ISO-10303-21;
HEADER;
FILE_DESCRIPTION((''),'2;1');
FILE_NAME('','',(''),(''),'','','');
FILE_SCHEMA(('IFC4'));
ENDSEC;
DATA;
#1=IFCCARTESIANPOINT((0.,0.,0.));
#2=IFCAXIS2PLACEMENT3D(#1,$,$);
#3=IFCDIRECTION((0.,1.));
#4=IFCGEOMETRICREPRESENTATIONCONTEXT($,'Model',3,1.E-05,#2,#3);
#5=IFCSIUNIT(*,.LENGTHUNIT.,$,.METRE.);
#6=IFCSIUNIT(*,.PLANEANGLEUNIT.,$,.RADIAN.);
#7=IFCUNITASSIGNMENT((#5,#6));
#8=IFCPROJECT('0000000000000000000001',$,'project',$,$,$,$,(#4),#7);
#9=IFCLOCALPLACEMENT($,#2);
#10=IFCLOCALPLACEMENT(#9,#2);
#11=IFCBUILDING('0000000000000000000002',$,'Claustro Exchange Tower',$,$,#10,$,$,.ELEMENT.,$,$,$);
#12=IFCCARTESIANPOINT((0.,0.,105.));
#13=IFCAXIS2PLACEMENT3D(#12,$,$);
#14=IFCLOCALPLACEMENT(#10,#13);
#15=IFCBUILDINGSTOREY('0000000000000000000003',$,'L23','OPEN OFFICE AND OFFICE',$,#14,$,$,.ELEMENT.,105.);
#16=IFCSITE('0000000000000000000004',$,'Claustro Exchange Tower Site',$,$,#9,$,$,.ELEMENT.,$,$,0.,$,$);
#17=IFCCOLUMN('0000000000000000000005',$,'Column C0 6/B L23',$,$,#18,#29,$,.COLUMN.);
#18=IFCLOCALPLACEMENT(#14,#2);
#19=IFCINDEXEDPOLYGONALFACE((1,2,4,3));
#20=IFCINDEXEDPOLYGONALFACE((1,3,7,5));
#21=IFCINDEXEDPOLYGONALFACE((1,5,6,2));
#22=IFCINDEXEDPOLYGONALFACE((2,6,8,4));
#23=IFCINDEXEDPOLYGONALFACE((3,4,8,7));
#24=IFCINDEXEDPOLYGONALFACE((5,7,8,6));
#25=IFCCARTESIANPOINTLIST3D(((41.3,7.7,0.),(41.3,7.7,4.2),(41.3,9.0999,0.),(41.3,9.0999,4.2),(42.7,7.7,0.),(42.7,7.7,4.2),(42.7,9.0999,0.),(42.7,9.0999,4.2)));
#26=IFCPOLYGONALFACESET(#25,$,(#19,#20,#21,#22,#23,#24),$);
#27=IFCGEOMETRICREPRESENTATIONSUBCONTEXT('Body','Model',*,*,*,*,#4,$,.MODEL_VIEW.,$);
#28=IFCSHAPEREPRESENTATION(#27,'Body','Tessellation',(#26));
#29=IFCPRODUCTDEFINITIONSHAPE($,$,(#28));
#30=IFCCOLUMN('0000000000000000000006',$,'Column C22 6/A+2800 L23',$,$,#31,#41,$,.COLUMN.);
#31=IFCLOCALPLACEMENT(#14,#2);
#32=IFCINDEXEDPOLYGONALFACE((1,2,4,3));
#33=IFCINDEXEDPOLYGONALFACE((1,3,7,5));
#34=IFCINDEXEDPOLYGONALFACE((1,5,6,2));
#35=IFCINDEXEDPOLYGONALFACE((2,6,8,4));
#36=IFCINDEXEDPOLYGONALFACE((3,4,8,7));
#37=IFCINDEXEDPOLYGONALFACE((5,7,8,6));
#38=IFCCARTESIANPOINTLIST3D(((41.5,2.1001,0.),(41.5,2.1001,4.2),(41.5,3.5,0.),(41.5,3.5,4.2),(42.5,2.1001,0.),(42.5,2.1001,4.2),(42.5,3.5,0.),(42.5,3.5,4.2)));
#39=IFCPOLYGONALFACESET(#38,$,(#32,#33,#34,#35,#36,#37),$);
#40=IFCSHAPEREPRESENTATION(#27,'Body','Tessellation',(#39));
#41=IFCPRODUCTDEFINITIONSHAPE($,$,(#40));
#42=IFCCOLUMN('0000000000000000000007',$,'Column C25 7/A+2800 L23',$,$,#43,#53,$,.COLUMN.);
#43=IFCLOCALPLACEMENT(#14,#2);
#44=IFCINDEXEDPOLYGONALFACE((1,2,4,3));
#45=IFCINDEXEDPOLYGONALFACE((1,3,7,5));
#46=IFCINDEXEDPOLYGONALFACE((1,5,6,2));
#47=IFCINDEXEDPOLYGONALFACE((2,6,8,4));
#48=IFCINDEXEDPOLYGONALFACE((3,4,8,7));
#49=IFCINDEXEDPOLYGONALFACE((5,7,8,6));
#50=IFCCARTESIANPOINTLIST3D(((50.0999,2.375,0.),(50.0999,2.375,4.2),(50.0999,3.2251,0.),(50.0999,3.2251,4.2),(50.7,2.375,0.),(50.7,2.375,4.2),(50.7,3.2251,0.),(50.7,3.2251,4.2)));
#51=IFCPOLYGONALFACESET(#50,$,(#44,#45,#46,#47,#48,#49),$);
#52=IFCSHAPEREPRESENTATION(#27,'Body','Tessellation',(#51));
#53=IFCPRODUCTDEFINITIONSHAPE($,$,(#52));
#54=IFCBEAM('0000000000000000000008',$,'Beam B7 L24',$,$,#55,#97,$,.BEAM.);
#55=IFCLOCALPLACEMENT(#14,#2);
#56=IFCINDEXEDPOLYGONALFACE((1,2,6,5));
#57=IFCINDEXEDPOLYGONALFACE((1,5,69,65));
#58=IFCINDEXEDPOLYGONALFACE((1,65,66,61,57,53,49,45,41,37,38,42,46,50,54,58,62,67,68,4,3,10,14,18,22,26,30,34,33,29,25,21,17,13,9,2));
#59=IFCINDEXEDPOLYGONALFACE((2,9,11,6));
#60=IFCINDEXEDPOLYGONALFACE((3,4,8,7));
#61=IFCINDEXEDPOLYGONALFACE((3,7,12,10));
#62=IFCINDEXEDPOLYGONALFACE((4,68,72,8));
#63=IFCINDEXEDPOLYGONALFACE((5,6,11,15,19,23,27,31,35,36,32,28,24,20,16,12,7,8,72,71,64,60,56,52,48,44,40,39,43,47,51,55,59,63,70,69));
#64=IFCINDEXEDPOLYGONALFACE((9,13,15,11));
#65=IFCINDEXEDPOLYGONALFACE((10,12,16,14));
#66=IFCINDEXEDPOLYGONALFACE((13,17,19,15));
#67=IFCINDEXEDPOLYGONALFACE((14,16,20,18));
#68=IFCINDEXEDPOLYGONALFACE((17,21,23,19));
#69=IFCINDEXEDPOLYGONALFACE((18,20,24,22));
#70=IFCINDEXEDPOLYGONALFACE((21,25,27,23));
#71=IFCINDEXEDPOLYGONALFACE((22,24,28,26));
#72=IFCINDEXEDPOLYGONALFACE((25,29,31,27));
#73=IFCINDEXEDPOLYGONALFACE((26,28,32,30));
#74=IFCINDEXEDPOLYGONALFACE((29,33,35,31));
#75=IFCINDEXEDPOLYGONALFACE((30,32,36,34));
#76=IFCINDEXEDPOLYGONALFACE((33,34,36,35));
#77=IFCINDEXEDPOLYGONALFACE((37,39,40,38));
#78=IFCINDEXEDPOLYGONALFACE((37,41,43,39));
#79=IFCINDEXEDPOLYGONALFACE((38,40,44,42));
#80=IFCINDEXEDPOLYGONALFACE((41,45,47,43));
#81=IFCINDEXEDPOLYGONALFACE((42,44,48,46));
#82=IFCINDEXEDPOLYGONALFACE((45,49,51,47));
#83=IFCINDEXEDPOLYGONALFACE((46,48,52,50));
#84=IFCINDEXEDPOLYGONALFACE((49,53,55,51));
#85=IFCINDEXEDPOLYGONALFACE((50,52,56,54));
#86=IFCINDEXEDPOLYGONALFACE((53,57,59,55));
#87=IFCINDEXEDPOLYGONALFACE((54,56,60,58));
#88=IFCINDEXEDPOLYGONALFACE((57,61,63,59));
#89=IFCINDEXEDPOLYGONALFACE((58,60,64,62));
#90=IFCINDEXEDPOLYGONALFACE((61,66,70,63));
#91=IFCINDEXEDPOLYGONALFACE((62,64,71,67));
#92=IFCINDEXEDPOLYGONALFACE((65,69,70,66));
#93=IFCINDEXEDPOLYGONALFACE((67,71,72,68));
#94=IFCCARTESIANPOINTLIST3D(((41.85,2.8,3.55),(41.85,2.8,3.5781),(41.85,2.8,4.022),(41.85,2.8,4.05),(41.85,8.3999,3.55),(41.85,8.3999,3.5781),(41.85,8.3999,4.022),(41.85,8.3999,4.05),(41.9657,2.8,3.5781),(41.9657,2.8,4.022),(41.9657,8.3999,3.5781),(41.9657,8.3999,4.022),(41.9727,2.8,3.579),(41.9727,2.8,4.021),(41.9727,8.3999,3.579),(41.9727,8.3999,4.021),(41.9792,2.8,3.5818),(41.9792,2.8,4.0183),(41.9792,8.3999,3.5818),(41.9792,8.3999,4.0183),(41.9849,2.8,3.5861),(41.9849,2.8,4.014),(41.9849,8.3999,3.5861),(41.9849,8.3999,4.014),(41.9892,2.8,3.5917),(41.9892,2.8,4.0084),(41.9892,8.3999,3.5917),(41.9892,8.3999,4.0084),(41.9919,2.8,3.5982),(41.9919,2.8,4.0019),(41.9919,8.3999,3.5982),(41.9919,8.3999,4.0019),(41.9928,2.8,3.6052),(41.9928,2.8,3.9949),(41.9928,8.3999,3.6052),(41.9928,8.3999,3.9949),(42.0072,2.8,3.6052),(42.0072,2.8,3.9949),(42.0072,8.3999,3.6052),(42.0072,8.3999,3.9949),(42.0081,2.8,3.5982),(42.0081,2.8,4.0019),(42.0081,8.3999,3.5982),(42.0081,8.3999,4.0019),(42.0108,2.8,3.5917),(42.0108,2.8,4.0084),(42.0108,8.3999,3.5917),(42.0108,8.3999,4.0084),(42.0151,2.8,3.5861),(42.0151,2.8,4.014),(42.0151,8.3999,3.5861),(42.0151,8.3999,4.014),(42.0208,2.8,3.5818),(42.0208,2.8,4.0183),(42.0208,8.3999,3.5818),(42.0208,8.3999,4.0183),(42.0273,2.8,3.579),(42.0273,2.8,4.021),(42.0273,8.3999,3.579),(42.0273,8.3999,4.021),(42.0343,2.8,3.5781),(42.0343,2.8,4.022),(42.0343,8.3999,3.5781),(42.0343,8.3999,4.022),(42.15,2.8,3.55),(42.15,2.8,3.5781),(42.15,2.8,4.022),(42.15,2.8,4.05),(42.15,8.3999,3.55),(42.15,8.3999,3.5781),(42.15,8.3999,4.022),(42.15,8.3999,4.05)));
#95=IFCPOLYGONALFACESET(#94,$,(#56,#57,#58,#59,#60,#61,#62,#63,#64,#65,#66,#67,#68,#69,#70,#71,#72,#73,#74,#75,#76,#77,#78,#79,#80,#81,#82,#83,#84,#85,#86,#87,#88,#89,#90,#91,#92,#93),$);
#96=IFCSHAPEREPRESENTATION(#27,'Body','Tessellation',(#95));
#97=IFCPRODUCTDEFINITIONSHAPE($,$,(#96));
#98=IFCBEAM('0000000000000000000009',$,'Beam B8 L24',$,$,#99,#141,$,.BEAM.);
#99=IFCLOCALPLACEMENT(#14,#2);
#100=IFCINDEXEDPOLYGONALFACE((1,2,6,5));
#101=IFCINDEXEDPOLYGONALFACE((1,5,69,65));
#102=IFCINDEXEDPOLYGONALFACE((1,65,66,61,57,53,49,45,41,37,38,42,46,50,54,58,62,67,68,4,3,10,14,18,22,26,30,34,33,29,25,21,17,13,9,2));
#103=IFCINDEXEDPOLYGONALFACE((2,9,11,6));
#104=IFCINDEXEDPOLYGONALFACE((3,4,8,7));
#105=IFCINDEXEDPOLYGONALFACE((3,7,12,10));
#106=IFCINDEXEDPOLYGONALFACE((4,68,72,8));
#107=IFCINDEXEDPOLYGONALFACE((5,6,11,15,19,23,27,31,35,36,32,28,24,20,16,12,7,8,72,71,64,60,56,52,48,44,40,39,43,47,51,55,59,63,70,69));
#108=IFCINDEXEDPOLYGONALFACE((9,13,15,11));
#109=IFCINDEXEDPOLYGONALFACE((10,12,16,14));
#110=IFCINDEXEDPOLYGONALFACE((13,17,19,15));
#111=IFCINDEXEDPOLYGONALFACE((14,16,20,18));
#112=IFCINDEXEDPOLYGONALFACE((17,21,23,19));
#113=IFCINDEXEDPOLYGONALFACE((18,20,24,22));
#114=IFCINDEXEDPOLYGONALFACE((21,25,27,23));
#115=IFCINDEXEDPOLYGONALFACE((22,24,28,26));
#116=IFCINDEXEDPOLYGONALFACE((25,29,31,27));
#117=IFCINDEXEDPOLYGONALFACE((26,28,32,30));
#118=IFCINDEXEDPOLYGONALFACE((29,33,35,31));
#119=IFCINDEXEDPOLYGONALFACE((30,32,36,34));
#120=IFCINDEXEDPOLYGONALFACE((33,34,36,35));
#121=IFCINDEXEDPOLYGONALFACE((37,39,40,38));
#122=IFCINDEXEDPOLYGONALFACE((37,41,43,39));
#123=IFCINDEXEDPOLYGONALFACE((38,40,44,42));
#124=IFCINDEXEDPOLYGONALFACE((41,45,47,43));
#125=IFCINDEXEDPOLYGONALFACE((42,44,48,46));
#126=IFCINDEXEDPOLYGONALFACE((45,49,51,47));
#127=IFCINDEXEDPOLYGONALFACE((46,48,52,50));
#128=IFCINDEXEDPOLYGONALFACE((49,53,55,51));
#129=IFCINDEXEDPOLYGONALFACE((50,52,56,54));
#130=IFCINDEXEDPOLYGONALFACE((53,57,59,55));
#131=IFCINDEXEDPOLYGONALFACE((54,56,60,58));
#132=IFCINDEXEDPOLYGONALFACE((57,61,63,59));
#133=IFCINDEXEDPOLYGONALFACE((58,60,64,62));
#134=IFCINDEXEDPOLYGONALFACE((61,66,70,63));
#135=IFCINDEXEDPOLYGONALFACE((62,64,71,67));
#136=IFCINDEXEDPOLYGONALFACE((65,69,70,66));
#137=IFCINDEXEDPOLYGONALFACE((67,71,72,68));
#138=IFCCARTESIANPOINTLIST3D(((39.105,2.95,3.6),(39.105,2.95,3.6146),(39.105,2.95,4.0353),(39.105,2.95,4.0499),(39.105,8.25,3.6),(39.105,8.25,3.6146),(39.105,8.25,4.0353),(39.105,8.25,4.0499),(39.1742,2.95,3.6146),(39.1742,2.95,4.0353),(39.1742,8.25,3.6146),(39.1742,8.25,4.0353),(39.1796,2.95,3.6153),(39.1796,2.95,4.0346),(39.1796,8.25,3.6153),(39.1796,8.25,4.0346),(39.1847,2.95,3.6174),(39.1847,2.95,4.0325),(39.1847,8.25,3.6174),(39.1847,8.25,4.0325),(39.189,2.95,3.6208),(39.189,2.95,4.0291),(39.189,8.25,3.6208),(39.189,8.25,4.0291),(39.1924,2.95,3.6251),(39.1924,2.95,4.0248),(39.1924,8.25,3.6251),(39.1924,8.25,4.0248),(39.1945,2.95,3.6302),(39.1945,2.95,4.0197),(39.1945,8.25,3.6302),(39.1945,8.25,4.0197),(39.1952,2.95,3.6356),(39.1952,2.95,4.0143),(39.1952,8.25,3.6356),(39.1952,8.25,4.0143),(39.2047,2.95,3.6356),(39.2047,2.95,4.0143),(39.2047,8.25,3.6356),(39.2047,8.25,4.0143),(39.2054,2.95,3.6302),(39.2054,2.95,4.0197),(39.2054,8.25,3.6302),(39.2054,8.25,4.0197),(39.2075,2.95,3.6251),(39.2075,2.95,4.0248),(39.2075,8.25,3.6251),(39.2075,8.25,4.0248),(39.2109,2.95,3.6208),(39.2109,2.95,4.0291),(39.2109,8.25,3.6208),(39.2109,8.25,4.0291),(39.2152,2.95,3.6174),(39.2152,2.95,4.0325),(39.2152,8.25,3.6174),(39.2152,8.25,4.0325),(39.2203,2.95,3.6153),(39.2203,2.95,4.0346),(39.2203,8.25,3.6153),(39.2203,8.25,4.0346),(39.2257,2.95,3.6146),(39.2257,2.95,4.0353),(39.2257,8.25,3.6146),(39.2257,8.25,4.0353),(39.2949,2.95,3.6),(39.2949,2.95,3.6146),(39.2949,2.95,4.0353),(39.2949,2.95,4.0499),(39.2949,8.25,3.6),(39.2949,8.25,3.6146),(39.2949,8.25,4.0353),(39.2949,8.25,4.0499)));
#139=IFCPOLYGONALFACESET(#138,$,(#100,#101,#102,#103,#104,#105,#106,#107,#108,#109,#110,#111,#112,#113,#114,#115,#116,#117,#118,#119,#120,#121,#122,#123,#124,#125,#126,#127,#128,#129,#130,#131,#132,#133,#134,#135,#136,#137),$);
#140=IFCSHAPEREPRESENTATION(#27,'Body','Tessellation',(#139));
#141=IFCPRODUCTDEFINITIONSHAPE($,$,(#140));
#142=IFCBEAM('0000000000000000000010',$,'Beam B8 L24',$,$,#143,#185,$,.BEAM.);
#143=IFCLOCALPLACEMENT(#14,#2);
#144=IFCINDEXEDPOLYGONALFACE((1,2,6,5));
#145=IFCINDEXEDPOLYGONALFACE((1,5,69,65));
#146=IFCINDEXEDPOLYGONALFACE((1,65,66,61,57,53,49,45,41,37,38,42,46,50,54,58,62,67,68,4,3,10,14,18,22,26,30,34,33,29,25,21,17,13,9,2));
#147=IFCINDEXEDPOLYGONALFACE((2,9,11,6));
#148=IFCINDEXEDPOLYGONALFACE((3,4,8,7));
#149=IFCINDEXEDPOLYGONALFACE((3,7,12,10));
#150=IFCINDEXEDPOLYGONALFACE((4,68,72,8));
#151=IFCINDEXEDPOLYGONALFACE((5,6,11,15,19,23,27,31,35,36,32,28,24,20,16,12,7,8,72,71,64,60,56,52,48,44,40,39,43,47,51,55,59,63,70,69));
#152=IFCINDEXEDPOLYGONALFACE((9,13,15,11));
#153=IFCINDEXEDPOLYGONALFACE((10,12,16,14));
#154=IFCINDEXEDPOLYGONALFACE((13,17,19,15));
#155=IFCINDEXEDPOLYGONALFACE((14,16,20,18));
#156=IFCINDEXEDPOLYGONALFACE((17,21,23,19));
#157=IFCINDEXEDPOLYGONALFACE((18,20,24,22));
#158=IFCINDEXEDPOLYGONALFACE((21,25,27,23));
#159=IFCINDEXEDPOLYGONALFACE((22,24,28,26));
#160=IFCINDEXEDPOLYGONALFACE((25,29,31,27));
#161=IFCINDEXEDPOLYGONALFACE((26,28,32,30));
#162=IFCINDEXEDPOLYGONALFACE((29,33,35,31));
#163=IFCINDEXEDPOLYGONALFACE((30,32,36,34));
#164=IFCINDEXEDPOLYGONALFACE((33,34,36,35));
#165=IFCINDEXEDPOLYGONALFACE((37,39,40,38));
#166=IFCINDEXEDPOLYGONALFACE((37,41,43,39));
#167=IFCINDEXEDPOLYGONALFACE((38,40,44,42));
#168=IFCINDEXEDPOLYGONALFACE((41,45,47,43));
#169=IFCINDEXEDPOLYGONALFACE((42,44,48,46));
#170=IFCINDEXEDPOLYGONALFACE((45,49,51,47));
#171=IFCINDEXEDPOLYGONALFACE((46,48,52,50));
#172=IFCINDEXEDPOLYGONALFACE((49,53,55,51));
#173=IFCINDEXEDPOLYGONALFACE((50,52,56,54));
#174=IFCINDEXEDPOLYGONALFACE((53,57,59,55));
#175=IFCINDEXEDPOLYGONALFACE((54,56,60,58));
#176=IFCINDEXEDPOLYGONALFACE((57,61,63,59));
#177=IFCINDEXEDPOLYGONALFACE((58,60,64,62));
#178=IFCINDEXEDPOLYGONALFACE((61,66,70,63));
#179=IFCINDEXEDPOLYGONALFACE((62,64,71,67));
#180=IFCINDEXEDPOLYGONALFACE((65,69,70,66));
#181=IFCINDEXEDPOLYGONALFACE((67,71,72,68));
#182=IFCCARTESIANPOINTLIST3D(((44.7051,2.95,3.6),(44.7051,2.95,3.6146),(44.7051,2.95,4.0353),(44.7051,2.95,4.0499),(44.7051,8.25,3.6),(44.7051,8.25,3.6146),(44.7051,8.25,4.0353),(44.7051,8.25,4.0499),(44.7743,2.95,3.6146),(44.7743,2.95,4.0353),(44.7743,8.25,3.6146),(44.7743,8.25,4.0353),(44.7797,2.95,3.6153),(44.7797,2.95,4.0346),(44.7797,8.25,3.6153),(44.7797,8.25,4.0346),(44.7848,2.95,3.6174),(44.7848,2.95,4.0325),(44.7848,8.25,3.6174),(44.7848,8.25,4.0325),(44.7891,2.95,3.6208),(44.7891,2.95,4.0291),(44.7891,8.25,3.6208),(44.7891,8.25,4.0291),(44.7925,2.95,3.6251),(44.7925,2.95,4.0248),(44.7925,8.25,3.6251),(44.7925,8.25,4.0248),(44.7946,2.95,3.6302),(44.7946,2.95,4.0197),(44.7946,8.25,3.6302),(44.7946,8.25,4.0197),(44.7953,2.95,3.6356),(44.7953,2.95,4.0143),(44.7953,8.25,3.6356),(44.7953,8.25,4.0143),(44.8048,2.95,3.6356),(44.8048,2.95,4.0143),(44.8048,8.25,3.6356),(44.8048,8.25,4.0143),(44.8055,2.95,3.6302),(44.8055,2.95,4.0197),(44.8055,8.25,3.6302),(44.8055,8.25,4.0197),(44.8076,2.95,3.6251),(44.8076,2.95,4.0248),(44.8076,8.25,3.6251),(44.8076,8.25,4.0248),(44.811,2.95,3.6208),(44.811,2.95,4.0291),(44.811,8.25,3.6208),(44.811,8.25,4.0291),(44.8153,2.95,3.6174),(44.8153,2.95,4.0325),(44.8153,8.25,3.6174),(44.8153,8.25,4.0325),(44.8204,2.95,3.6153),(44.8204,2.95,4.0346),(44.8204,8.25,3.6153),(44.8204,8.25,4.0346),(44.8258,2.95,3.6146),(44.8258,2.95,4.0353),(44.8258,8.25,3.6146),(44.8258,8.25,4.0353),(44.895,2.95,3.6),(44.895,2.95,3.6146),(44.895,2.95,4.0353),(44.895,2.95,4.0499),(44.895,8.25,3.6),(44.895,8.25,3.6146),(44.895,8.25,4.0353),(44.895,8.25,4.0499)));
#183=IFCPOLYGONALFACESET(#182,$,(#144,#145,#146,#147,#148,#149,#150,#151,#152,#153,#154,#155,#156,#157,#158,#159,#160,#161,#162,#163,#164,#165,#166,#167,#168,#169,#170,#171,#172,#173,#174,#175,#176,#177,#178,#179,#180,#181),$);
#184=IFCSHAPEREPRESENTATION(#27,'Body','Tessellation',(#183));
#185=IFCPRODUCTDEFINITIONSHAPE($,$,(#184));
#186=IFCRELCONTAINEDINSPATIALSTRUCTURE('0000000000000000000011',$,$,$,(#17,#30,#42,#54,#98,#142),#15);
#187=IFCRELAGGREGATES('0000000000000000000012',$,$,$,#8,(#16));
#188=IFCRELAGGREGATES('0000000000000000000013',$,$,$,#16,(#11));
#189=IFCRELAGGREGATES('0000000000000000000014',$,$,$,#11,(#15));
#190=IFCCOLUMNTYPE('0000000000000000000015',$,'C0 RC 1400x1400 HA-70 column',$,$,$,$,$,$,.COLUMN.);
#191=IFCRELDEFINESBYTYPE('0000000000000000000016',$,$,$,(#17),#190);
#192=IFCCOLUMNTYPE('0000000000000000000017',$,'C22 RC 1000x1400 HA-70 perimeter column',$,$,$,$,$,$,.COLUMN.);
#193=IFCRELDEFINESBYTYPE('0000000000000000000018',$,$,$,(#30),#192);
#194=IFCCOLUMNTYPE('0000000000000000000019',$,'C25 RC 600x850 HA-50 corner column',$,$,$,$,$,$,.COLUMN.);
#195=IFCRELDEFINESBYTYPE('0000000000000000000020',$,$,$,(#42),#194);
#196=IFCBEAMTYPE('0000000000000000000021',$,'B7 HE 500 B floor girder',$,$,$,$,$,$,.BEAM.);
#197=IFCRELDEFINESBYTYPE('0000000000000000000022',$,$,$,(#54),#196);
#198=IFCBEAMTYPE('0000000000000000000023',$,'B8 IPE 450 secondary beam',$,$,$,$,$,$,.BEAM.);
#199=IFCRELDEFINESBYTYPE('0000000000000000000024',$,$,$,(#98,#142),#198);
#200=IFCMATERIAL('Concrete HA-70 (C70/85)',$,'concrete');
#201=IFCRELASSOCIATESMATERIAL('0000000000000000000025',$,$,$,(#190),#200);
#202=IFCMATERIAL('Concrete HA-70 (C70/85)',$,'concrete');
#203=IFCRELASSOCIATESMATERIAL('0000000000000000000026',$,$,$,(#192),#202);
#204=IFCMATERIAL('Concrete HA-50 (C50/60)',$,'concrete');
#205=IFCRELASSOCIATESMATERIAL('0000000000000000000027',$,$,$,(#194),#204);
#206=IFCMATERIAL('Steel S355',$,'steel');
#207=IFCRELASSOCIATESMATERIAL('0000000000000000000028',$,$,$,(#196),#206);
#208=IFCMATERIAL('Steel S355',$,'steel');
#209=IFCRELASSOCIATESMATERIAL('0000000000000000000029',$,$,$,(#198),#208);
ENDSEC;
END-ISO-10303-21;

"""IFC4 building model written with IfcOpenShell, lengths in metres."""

from ifc_helpers import new_model, si_unit, direction, frame, origin, origin_2d, place, context, subcontext, project, spatial, rectangle, i_section, extrude, material, material_profile, profile_set, type_object, element, save


model = new_model("IFC4")

# Units and contexts
model_context = context("Model", 3, precision=1e-05, world=origin(), true_north=direction((0.0, 1.0)))
body_context = subcontext(model_context, "Body", "Model", "MODEL_VIEW")
ifc_project = project(units=[si_unit("LENGTHUNIT", "METRE"), si_unit("PLANEANGLEUNIT", "RADIAN")], contexts=[model_context])

# Site, building, storey
site_placement = place(None, origin())
site = spatial("IfcSite", under=ifc_project, at=site_placement, Name="Claustro Exchange Tower Site", CompositionType="ELEMENT", RefElevation=0.0)
building_placement = place(site_placement, origin())
building = spatial("IfcBuilding", under=site, at=building_placement, Name="Claustro Exchange Tower", CompositionType="ELEMENT")
storey_placement = place(building_placement, frame((0.0, 0.0, 105.0)))
storey = spatial("IfcBuildingStorey", under=building, at=storey_placement, Name="L23", Description="OPEN OFFICE AND OFFICE", CompositionType="ELEMENT", Elevation=105.0)

# Columns
ifc_material_1 = material(Name="Concrete HA-70 (C70/85)", Category="concrete")
ifc_material_profile_1 = material_profile(ifc_material_1, rectangle(XDim=1.3999, YDim=1.3999, at=origin_2d()), Name="RC 1400x1400")
ifc_profile_set_1 = profile_set([ifc_material_profile_1], Name="Concrete HA-70 (C70/85)")
column_type_1 = type_object("IfcColumnType", Name="C0 RC 1400x1400 HA-70 column", PredefinedType="COLUMN", material=ifc_profile_set_1)
column_1_placement = place(storey_placement, frame((42.0, 8.3999, 0.0), z_axis=(0.0, 0.0, 1.0), x_axis=(1.0, 0.0, 0.0)))
element("IfcColumn", 1, at=column_1_placement, inside=storey, type_object=column_type_1, Name="Column C0 6/B L23", PredefinedType="COLUMN", context=body_context, shape_type="SweptSolid", body=[
    extrude(rectangle(XDim=1.3999, YDim=1.3999, at=origin_2d()), origin(), (0.0, 0.0, 1.0), 4.2),
])
ifc_material_2 = material(Name="Concrete HA-70 (C70/85)", Category="concrete")
ifc_material_profile_2 = material_profile(ifc_material_2, rectangle(XDim=1.0, YDim=1.3999, at=origin_2d()), Name="RC 1000x1400")
ifc_profile_set_2 = profile_set([ifc_material_profile_2], Name="Concrete HA-70 (C70/85)")
column_type_2 = type_object("IfcColumnType", Name="C22 RC 1000x1400 HA-70 perimeter column", PredefinedType="COLUMN", material=ifc_profile_set_2)
column_2_placement = place(storey_placement, frame((42.0, 2.8, 0.0), z_axis=(0.0, 0.0, 1.0), x_axis=(1.0, 0.0, 0.0)))
element("IfcColumn", 2, at=column_2_placement, inside=storey, type_object=column_type_2, Name="Column C22 6/A+2800 L23", PredefinedType="COLUMN", context=body_context, shape_type="SweptSolid", body=[
    extrude(rectangle(XDim=1.0, YDim=1.3999, at=origin_2d()), origin(), (0.0, 0.0, 1.0), 4.2),
])
ifc_material_3 = material(Name="Concrete HA-50 (C50/60)", Category="concrete")
ifc_material_profile_3 = material_profile(ifc_material_3, rectangle(XDim=0.6001, YDim=0.8501, at=origin_2d()), Name="RC 600x850")
ifc_profile_set_3 = profile_set([ifc_material_profile_3], Name="Concrete HA-50 (C50/60)")
column_type_3 = type_object("IfcColumnType", Name="C25 RC 600x850 HA-50 corner column", PredefinedType="COLUMN", material=ifc_profile_set_3)
column_3_placement = place(storey_placement, frame((50.3999, 2.8, 0.0), z_axis=(0.0, 0.0, 1.0), x_axis=(1.0, 0.0, 0.0)))
element("IfcColumn", 3, at=column_3_placement, inside=storey, type_object=column_type_3, Name="Column C25 7/A+2800 L23", PredefinedType="COLUMN", context=body_context, shape_type="SweptSolid", body=[
    extrude(rectangle(XDim=0.6001, YDim=0.8501, at=origin_2d()), origin(), (0.0, 0.0, 1.0), 4.2),
])

# Beams
ifc_material_4 = material(Name="Steel S355", Category="steel")
ifc_material_profile_4 = material_profile(ifc_material_4, i_section(OverallWidth=0.3, OverallDepth=0.5, WebThickness=0.0144, FlangeThickness=0.0281, FilletRadius=0.0271, at=origin_2d()), Name="HE 500 B")
ifc_profile_set_4 = profile_set([ifc_material_profile_4], Name="Steel S355")
beam_type_1 = type_object("IfcBeamType", Name="B7 HE 500 B floor girder", PredefinedType="BEAM", material=ifc_profile_set_4)
beam_1_placement = place(storey_placement, frame((42.0, 2.8, 3.8), z_axis=(0.0, 1.0, 0.0), x_axis=(-1.0, 0.0, 0.0)))
element("IfcBeam", 4, at=beam_1_placement, inside=storey, type_object=beam_type_1, Name="Beam B7 L24", PredefinedType="BEAM", context=body_context, shape_type="SweptSolid", body=[
    extrude(i_section(OverallWidth=0.3, OverallDepth=0.5, WebThickness=0.0144, FlangeThickness=0.0281, FilletRadius=0.0271, at=origin_2d()), origin(), (0.0, 0.0, 1.0), 5.5999),
])
ifc_material_5 = material(Name="Steel S355", Category="steel")
ifc_material_profile_5 = material_profile(ifc_material_5, i_section(OverallWidth=0.1899, OverallDepth=0.45, WebThickness=0.0095, FlangeThickness=0.0146, FilletRadius=0.021, at=origin_2d()), Name="IPE 450")
ifc_profile_set_5 = profile_set([ifc_material_profile_5], Name="Steel S355")
beam_type_2 = type_object("IfcBeamType", Name="B8 IPE 450 secondary beam", PredefinedType="BEAM", material=ifc_profile_set_5)
for number, where, z_axis, x_axis, name in (
    (5, (39.2, 2.95, 3.825), (0.0, 1.0, 0.0), (-1.0, 0.0, 0.0), "Beam B8 L24"),
    (6, (44.8, 2.95, 3.825), (0.0, 1.0, 0.0), (-1.0, 0.0, 0.0), "Beam B8 L24"),
):
    element("IfcBeam", number, at=place(storey_placement, frame(where, z_axis=z_axis, x_axis=x_axis)), inside=storey, type_object=beam_type_2, Name=name, PredefinedType="BEAM", context=body_context, shape_type="SweptSolid", body=[
        extrude(i_section(OverallWidth=0.1899, OverallDepth=0.45, WebThickness=0.0095, FlangeThickness=0.0146, FilletRadius=0.021, at=origin_2d()), origin(), (0.0, 0.0, 1.0), 5.3),
    ])

save(model, "model.ifc")
